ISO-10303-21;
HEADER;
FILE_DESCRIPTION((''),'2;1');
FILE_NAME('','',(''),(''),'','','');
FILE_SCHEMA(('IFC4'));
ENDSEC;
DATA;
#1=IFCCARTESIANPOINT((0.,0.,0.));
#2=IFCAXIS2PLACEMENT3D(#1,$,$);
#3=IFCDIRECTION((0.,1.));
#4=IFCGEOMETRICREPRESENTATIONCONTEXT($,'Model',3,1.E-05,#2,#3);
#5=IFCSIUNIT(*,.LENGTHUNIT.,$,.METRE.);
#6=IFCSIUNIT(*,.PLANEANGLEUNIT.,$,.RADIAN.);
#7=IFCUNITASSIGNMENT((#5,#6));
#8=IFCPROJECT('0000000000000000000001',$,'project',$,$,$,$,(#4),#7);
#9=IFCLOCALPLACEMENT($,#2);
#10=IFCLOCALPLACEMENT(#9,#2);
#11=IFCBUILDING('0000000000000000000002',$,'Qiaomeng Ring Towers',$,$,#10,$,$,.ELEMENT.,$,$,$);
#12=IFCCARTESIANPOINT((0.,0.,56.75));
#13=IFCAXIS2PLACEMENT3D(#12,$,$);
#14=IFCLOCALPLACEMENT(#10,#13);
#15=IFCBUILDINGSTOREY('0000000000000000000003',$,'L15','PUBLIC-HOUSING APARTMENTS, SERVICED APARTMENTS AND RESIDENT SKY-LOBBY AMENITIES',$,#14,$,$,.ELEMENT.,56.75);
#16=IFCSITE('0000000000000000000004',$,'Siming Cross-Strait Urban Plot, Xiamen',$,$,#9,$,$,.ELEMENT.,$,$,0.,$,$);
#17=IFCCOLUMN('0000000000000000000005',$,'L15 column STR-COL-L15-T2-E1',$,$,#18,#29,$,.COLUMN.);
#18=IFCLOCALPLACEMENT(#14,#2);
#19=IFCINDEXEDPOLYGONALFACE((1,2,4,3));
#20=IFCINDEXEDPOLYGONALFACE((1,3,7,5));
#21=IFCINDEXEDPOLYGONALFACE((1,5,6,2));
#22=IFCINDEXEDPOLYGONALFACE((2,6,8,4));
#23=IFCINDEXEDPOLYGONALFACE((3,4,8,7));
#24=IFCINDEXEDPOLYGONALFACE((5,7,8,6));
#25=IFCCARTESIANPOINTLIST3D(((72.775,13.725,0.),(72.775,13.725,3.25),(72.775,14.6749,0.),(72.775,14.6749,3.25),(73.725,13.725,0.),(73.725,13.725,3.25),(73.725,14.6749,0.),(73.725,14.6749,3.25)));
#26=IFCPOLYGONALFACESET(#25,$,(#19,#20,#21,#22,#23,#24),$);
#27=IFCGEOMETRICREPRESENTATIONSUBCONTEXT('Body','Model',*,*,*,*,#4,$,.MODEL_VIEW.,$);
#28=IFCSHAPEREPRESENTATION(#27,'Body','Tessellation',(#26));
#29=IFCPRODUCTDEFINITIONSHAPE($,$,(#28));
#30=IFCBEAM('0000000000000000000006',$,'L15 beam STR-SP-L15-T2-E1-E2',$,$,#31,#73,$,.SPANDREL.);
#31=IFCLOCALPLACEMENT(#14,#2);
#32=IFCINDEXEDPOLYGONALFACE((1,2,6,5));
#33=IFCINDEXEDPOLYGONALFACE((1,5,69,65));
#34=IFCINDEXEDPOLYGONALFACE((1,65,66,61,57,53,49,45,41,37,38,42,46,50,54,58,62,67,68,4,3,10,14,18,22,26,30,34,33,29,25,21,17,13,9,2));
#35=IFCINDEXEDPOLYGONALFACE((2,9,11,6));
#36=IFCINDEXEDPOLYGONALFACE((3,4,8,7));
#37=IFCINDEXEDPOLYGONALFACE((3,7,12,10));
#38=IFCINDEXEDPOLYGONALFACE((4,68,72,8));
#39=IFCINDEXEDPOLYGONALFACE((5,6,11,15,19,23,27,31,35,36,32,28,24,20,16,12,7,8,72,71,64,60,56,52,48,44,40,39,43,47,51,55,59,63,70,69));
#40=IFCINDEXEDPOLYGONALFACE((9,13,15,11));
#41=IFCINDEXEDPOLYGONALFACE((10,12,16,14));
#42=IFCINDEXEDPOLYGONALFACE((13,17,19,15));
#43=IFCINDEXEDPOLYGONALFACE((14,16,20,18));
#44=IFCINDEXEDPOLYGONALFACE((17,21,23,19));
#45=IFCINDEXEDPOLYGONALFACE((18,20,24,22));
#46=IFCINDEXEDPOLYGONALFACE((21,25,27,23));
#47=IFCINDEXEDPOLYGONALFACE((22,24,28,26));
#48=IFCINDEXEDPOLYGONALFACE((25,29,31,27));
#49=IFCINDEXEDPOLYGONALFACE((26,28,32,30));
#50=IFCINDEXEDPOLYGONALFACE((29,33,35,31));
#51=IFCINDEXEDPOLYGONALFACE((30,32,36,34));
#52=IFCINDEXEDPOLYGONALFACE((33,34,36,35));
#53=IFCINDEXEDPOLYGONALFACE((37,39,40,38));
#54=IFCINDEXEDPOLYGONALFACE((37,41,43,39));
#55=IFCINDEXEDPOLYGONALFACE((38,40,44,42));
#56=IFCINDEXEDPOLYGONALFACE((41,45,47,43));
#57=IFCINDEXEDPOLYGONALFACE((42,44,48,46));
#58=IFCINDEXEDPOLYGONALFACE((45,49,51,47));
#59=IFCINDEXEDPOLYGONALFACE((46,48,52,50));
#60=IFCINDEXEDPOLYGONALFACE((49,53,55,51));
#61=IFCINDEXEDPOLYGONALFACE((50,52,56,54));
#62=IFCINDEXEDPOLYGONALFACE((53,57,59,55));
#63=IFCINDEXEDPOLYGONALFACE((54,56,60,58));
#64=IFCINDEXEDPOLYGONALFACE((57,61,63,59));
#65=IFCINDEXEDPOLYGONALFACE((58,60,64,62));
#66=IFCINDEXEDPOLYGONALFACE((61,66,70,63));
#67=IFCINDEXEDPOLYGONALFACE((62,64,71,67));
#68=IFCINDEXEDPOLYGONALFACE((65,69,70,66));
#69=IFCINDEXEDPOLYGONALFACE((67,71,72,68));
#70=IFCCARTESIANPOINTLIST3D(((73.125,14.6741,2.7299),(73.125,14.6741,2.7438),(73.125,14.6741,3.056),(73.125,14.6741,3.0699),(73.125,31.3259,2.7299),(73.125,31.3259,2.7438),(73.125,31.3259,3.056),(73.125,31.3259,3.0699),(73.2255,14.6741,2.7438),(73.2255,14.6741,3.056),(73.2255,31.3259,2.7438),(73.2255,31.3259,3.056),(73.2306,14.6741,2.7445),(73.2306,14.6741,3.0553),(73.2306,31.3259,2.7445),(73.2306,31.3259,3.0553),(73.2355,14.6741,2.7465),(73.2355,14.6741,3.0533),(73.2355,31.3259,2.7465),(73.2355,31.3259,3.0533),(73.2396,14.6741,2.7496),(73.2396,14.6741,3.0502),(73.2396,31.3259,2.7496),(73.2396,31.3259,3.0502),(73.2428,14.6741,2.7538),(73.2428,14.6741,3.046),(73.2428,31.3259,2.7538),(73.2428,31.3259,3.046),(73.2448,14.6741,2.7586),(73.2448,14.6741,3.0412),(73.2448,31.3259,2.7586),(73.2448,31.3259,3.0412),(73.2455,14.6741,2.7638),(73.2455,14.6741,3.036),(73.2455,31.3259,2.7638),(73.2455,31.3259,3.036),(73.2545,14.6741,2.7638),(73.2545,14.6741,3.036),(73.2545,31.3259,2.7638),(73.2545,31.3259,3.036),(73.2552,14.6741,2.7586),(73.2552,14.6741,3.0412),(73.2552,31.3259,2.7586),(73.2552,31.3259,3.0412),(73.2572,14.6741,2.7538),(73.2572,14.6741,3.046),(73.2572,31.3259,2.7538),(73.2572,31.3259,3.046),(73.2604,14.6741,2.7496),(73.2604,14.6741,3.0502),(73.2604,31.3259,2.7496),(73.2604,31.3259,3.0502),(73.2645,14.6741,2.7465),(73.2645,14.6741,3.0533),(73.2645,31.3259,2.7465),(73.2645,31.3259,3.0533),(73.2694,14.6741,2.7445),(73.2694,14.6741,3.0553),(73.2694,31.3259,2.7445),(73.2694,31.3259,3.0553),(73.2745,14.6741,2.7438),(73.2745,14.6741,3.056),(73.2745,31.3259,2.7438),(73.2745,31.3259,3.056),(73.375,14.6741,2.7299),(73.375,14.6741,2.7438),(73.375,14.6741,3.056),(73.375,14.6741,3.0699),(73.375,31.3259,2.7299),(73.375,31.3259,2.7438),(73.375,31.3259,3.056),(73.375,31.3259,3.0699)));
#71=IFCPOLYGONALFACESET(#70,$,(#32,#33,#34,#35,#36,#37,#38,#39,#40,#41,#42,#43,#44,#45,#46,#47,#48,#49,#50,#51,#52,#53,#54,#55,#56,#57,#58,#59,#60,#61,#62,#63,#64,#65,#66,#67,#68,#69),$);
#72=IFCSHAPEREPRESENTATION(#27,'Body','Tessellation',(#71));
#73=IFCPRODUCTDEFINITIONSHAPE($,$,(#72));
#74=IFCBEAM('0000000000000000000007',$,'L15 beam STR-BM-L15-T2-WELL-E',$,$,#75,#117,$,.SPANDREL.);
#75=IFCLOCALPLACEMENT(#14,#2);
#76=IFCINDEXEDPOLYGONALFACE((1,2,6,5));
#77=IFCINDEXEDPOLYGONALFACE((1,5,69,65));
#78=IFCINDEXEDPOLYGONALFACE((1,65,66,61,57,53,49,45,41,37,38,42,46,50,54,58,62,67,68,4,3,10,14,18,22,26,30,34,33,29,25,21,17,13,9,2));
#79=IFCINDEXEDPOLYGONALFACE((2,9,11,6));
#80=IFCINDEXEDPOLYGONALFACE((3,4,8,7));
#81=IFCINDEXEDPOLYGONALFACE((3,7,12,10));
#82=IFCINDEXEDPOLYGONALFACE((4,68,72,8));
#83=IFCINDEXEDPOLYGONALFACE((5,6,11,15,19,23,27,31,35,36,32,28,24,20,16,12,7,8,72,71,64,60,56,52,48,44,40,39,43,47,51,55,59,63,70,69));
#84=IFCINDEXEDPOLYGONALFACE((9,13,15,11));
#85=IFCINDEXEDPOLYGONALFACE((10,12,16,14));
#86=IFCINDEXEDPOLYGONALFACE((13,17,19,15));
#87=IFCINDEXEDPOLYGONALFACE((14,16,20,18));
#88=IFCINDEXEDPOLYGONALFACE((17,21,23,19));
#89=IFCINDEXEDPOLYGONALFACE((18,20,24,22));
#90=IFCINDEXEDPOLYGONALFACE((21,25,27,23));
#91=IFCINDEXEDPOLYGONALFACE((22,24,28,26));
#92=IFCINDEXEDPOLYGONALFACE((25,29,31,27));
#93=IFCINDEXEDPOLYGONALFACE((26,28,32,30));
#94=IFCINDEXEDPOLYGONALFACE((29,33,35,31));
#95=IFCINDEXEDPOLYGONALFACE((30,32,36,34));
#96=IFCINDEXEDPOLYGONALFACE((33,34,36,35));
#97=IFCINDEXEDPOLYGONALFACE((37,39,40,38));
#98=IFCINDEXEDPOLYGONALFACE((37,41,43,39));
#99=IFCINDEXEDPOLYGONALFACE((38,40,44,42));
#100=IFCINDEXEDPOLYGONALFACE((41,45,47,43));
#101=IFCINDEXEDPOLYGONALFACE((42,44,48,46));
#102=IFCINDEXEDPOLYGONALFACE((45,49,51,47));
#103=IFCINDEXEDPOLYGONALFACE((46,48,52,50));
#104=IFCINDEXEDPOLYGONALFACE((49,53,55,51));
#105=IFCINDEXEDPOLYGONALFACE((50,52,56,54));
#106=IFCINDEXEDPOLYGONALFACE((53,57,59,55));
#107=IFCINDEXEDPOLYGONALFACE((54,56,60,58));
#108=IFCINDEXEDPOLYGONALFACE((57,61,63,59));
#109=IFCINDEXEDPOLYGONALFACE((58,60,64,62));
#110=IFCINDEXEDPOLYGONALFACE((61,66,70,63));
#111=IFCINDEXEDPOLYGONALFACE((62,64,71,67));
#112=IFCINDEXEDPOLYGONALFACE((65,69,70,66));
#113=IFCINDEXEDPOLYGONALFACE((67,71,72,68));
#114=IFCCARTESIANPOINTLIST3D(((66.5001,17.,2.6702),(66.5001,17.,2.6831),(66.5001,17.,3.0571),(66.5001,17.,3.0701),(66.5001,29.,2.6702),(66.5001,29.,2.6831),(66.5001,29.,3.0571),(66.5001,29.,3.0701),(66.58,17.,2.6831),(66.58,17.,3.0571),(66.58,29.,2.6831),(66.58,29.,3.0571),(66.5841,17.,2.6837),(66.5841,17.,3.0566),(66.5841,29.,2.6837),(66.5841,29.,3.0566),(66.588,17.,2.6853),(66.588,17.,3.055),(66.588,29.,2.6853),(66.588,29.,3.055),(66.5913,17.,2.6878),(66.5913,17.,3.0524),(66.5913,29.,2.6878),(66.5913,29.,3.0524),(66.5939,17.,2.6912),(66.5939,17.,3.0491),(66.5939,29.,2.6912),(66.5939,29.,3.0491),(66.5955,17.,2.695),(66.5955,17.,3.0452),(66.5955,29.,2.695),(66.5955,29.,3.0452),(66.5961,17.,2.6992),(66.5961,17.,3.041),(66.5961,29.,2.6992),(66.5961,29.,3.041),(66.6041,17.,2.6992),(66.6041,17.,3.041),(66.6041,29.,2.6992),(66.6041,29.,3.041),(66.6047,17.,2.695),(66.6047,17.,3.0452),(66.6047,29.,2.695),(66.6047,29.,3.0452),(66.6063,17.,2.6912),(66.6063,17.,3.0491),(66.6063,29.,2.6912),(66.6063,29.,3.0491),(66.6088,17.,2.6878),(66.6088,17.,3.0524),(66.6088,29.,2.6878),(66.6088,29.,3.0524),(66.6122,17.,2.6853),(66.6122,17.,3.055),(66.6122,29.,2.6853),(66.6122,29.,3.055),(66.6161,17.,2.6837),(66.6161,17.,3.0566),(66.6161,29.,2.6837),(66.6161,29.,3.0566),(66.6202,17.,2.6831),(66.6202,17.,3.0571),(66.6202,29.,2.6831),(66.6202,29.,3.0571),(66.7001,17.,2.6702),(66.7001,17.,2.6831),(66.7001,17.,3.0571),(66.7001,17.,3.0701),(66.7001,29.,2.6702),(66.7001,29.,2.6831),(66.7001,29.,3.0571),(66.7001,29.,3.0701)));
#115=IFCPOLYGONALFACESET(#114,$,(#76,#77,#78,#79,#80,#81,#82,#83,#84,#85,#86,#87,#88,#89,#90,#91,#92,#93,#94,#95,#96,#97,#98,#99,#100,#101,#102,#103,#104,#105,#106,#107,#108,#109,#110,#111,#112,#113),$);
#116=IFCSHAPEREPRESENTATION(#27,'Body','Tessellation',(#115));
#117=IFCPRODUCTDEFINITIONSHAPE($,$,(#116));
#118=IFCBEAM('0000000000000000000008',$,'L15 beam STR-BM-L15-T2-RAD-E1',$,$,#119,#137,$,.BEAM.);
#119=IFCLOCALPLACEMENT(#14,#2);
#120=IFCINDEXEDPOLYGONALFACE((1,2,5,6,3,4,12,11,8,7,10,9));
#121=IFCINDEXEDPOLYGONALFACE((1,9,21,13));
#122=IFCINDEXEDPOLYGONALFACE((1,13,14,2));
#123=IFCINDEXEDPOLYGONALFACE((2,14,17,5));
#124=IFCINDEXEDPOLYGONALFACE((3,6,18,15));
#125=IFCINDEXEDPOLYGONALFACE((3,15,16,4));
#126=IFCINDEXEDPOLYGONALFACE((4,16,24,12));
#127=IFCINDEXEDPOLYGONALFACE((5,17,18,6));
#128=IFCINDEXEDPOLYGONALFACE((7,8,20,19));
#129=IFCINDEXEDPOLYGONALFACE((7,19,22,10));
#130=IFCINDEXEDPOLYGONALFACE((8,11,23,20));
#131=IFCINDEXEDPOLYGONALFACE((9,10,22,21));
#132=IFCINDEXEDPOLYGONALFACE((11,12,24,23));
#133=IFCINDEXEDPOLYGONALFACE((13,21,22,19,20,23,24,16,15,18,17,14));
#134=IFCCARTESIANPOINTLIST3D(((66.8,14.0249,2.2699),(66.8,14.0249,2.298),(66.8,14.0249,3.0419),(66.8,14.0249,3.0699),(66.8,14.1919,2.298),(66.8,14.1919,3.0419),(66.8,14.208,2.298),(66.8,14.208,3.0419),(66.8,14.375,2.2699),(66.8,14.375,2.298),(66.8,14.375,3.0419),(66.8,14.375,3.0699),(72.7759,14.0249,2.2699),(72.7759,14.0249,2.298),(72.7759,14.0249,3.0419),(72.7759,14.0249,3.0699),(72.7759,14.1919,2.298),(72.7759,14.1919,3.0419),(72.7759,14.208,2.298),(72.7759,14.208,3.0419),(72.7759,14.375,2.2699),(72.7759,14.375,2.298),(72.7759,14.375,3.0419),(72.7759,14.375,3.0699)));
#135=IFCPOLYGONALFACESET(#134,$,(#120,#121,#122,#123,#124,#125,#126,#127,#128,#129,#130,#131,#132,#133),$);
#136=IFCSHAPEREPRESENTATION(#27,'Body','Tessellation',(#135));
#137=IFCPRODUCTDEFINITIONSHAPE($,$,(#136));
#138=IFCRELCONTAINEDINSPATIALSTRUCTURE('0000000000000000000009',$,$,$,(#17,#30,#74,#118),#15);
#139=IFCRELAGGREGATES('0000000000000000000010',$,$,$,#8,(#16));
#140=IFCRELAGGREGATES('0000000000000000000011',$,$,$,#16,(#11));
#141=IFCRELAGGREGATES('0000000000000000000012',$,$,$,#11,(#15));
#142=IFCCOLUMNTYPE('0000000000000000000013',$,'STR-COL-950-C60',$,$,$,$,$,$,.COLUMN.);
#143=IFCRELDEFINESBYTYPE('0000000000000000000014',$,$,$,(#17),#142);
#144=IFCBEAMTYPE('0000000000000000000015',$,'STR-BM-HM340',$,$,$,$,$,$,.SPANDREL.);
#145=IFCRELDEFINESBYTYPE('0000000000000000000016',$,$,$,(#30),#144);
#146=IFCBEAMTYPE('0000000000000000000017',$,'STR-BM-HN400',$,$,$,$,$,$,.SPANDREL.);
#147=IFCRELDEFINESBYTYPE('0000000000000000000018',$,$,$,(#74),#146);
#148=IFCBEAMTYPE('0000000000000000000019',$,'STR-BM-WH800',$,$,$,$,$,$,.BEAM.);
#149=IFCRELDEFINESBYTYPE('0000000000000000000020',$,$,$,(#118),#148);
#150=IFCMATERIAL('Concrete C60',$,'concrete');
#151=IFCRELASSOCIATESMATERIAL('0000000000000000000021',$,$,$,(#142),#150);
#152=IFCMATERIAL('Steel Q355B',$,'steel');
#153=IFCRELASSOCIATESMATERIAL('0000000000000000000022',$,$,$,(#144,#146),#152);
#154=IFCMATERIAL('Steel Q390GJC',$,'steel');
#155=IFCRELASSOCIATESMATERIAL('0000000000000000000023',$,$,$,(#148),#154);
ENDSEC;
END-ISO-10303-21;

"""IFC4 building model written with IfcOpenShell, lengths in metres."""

from ifc_helpers import new_model, si_unit, direction, frame, origin, origin_2d, place, context, subcontext, project, spatial, rectangle, i_section, extrude, source, transform, mapped, material, material_profile, profile_set, type_object, element, save


model = new_model("IFC4")

# Units and contexts
model_context = context("Model", 3, precision=1e-05, world=origin(), true_north=direction((0.0, 1.0)))
body_context = subcontext(model_context, "Body", "Model", "MODEL_VIEW")
ifc_project = project(units=[si_unit("LENGTHUNIT", "METRE"), si_unit("PLANEANGLEUNIT", "RADIAN")], contexts=[model_context])

# Site, building, storey
site_placement = place(None, origin())
site = spatial("IfcSite", under=ifc_project, at=site_placement, Name="Siming Cross-Strait Urban Plot, Xiamen", CompositionType="ELEMENT", RefElevation=0.0)
building_placement = place(site_placement, origin())
building = spatial("IfcBuilding", under=site, at=building_placement, Name="Qiaomeng Ring Towers", CompositionType="ELEMENT")
storey_placement = place(building_placement, frame((0.0, 0.0, 56.75)))
storey = spatial("IfcBuildingStorey", under=building, at=storey_placement, Name="L15", Description="PUBLIC-HOUSING APARTMENTS, SERVICED APARTMENTS AND RESIDENT SKY-LOBBY AMENITIES", CompositionType="ELEMENT", Elevation=56.75)

# Column
ifc_material_1 = material(Name="Concrete C60", Category="concrete")
ifc_material_profile_1 = material_profile(ifc_material_1, rectangle(XDim=0.95, YDim=0.95, at=origin_2d()), Name="RC COL 950x950")
ifc_profile_set_1 = profile_set([ifc_material_profile_1], Name="Concrete C60")
column_type = type_object("IfcColumnType", Name="STR-COL-950-C60", PredefinedType="COLUMN", material=ifc_profile_set_1)
shared_shape_1 = source(origin(), body_context, "Body", "SweptSolid", [
    extrude(rectangle(XDim=0.95, YDim=0.95, at=origin_2d()), origin(), (0.0, 0.0, 1.0), 3.25),
])
column_placement = place(storey_placement, frame((73.25, 14.2, 0.0), z_axis=(0.0, 0.0, 1.0), x_axis=(1.0, 0.0, 0.0)))
element("IfcColumn", 1, at=column_placement, inside=storey, type_object=column_type, Name="L15 column STR-COL-L15-T2-E1", PredefinedType="COLUMN", context=body_context, shape_type="MappedRepresentation", body=[
    mapped(shared_shape_1, transform((0.0, 0.0, 0.0), x_axis=(1.0, 0.0, 0.0), y_axis=(0.0, 1.0, 0.0), z_axis=(0.0, 0.0, 1.0), scale=1.0)),
])

# Beams
ifc_material_2 = material(Name="Steel Q355B", Category="steel")
ifc_material_profile_2 = material_profile(ifc_material_2, i_section(OverallWidth=0.25, OverallDepth=0.3401, WebThickness=0.009, FlangeThickness=0.0139, FilletRadius=0.02, at=origin_2d()), Name="HM 340x250x9x14")
ifc_profile_set_2 = profile_set([ifc_material_profile_2], Name="Steel Q355B")
beam_type_1 = type_object("IfcBeamType", Name="STR-BM-HM340", PredefinedType="SPANDREL", material=ifc_profile_set_2)
shared_shape_2 = source(origin(), body_context, "Body", "SweptSolid", [
    extrude(i_section(OverallWidth=0.25, OverallDepth=0.3401, WebThickness=0.009, FlangeThickness=0.0139, FilletRadius=0.02, at=origin_2d()), origin(), (0.0, 0.0, 1.0), 16.6519),
])
beam_1_placement = place(storey_placement, frame((73.25, 14.6741, 2.8999), z_axis=(0.0, 1.0, 0.0), x_axis=(-1.0, 0.0, 0.0)))
element("IfcBeam", 2, at=beam_1_placement, inside=storey, type_object=beam_type_1, Name="L15 beam STR-SP-L15-T2-E1-E2", PredefinedType="SPANDREL", context=body_context, shape_type="MappedRepresentation", body=[
    mapped(shared_shape_2, transform((0.0, 0.0, 0.0), x_axis=(1.0, 0.0, 0.0), y_axis=(0.0, 1.0, 0.0), z_axis=(0.0, 0.0, 1.0), scale=1.0)),
])
ifc_material_profile_3 = material_profile(ifc_material_2, i_section(OverallWidth=0.2, OverallDepth=0.3999, WebThickness=0.0081, FlangeThickness=0.0129, FilletRadius=0.0161, at=origin_2d()), Name="HN 400x200x8x13")
ifc_profile_set_3 = profile_set([ifc_material_profile_3], Name="Steel Q355B")
beam_type_2 = type_object("IfcBeamType", Name="STR-BM-HN400", PredefinedType="SPANDREL", material=ifc_profile_set_3)
shared_shape_3 = source(origin(), body_context, "Body", "SweptSolid", [
    extrude(i_section(OverallWidth=0.2, OverallDepth=0.3999, WebThickness=0.0081, FlangeThickness=0.0129, FilletRadius=0.0161, at=origin_2d()), origin(), (0.0, 0.0, 1.0), 12.0),
])
beam_2_placement = place(storey_placement, frame((66.6001, 17.0, 2.8701), z_axis=(0.0, 1.0, 0.0), x_axis=(-1.0, 0.0, 0.0)))
element("IfcBeam", 3, at=beam_2_placement, inside=storey, type_object=beam_type_2, Name="L15 beam STR-BM-L15-T2-WELL-E", PredefinedType="SPANDREL", context=body_context, shape_type="MappedRepresentation", body=[
    mapped(shared_shape_3, transform((0.0, 0.0, 0.0), x_axis=(1.0, 0.0, 0.0), y_axis=(0.0, 1.0, 0.0), z_axis=(0.0, 0.0, 1.0), scale=1.0)),
])
ifc_material_3 = material(Name="Steel Q390GJC", Category="steel")
ifc_material_profile_4 = material_profile(ifc_material_3, i_section(OverallWidth=0.3501, OverallDepth=0.8, WebThickness=0.0161, FlangeThickness=0.0281, at=origin_2d()), Name="WH 800x350x16x28")
ifc_profile_set_4 = profile_set([ifc_material_profile_4], Name="Steel Q390GJC")
beam_type_3 = type_object("IfcBeamType", Name="STR-BM-WH800", PredefinedType="BEAM", material=ifc_profile_set_4)
shared_shape_4 = source(origin(), body_context, "Body", "SweptSolid", [
    extrude(i_section(OverallWidth=0.3501, OverallDepth=0.8, WebThickness=0.0161, FlangeThickness=0.0281, at=origin_2d()), origin(), (0.0, 0.0, 1.0), 5.9758),
])
beam_3_placement = place(storey_placement, frame((66.8, 14.2, 2.6699), z_axis=(1.0, 0.0, 0.0), x_axis=(0.0, 1.0, 0.0)))
element("IfcBeam", 4, at=beam_3_placement, inside=storey, type_object=beam_type_3, Name="L15 beam STR-BM-L15-T2-RAD-E1", PredefinedType="BEAM", context=body_context, shape_type="MappedRepresentation", body=[
    mapped(shared_shape_4, transform((0.0, 0.0, 0.0), x_axis=(1.0, 0.0, 0.0), y_axis=(0.0, 1.0, 0.0), z_axis=(0.0, 0.0, 1.0), scale=1.0)),
])

save(model, "model.ifc")
